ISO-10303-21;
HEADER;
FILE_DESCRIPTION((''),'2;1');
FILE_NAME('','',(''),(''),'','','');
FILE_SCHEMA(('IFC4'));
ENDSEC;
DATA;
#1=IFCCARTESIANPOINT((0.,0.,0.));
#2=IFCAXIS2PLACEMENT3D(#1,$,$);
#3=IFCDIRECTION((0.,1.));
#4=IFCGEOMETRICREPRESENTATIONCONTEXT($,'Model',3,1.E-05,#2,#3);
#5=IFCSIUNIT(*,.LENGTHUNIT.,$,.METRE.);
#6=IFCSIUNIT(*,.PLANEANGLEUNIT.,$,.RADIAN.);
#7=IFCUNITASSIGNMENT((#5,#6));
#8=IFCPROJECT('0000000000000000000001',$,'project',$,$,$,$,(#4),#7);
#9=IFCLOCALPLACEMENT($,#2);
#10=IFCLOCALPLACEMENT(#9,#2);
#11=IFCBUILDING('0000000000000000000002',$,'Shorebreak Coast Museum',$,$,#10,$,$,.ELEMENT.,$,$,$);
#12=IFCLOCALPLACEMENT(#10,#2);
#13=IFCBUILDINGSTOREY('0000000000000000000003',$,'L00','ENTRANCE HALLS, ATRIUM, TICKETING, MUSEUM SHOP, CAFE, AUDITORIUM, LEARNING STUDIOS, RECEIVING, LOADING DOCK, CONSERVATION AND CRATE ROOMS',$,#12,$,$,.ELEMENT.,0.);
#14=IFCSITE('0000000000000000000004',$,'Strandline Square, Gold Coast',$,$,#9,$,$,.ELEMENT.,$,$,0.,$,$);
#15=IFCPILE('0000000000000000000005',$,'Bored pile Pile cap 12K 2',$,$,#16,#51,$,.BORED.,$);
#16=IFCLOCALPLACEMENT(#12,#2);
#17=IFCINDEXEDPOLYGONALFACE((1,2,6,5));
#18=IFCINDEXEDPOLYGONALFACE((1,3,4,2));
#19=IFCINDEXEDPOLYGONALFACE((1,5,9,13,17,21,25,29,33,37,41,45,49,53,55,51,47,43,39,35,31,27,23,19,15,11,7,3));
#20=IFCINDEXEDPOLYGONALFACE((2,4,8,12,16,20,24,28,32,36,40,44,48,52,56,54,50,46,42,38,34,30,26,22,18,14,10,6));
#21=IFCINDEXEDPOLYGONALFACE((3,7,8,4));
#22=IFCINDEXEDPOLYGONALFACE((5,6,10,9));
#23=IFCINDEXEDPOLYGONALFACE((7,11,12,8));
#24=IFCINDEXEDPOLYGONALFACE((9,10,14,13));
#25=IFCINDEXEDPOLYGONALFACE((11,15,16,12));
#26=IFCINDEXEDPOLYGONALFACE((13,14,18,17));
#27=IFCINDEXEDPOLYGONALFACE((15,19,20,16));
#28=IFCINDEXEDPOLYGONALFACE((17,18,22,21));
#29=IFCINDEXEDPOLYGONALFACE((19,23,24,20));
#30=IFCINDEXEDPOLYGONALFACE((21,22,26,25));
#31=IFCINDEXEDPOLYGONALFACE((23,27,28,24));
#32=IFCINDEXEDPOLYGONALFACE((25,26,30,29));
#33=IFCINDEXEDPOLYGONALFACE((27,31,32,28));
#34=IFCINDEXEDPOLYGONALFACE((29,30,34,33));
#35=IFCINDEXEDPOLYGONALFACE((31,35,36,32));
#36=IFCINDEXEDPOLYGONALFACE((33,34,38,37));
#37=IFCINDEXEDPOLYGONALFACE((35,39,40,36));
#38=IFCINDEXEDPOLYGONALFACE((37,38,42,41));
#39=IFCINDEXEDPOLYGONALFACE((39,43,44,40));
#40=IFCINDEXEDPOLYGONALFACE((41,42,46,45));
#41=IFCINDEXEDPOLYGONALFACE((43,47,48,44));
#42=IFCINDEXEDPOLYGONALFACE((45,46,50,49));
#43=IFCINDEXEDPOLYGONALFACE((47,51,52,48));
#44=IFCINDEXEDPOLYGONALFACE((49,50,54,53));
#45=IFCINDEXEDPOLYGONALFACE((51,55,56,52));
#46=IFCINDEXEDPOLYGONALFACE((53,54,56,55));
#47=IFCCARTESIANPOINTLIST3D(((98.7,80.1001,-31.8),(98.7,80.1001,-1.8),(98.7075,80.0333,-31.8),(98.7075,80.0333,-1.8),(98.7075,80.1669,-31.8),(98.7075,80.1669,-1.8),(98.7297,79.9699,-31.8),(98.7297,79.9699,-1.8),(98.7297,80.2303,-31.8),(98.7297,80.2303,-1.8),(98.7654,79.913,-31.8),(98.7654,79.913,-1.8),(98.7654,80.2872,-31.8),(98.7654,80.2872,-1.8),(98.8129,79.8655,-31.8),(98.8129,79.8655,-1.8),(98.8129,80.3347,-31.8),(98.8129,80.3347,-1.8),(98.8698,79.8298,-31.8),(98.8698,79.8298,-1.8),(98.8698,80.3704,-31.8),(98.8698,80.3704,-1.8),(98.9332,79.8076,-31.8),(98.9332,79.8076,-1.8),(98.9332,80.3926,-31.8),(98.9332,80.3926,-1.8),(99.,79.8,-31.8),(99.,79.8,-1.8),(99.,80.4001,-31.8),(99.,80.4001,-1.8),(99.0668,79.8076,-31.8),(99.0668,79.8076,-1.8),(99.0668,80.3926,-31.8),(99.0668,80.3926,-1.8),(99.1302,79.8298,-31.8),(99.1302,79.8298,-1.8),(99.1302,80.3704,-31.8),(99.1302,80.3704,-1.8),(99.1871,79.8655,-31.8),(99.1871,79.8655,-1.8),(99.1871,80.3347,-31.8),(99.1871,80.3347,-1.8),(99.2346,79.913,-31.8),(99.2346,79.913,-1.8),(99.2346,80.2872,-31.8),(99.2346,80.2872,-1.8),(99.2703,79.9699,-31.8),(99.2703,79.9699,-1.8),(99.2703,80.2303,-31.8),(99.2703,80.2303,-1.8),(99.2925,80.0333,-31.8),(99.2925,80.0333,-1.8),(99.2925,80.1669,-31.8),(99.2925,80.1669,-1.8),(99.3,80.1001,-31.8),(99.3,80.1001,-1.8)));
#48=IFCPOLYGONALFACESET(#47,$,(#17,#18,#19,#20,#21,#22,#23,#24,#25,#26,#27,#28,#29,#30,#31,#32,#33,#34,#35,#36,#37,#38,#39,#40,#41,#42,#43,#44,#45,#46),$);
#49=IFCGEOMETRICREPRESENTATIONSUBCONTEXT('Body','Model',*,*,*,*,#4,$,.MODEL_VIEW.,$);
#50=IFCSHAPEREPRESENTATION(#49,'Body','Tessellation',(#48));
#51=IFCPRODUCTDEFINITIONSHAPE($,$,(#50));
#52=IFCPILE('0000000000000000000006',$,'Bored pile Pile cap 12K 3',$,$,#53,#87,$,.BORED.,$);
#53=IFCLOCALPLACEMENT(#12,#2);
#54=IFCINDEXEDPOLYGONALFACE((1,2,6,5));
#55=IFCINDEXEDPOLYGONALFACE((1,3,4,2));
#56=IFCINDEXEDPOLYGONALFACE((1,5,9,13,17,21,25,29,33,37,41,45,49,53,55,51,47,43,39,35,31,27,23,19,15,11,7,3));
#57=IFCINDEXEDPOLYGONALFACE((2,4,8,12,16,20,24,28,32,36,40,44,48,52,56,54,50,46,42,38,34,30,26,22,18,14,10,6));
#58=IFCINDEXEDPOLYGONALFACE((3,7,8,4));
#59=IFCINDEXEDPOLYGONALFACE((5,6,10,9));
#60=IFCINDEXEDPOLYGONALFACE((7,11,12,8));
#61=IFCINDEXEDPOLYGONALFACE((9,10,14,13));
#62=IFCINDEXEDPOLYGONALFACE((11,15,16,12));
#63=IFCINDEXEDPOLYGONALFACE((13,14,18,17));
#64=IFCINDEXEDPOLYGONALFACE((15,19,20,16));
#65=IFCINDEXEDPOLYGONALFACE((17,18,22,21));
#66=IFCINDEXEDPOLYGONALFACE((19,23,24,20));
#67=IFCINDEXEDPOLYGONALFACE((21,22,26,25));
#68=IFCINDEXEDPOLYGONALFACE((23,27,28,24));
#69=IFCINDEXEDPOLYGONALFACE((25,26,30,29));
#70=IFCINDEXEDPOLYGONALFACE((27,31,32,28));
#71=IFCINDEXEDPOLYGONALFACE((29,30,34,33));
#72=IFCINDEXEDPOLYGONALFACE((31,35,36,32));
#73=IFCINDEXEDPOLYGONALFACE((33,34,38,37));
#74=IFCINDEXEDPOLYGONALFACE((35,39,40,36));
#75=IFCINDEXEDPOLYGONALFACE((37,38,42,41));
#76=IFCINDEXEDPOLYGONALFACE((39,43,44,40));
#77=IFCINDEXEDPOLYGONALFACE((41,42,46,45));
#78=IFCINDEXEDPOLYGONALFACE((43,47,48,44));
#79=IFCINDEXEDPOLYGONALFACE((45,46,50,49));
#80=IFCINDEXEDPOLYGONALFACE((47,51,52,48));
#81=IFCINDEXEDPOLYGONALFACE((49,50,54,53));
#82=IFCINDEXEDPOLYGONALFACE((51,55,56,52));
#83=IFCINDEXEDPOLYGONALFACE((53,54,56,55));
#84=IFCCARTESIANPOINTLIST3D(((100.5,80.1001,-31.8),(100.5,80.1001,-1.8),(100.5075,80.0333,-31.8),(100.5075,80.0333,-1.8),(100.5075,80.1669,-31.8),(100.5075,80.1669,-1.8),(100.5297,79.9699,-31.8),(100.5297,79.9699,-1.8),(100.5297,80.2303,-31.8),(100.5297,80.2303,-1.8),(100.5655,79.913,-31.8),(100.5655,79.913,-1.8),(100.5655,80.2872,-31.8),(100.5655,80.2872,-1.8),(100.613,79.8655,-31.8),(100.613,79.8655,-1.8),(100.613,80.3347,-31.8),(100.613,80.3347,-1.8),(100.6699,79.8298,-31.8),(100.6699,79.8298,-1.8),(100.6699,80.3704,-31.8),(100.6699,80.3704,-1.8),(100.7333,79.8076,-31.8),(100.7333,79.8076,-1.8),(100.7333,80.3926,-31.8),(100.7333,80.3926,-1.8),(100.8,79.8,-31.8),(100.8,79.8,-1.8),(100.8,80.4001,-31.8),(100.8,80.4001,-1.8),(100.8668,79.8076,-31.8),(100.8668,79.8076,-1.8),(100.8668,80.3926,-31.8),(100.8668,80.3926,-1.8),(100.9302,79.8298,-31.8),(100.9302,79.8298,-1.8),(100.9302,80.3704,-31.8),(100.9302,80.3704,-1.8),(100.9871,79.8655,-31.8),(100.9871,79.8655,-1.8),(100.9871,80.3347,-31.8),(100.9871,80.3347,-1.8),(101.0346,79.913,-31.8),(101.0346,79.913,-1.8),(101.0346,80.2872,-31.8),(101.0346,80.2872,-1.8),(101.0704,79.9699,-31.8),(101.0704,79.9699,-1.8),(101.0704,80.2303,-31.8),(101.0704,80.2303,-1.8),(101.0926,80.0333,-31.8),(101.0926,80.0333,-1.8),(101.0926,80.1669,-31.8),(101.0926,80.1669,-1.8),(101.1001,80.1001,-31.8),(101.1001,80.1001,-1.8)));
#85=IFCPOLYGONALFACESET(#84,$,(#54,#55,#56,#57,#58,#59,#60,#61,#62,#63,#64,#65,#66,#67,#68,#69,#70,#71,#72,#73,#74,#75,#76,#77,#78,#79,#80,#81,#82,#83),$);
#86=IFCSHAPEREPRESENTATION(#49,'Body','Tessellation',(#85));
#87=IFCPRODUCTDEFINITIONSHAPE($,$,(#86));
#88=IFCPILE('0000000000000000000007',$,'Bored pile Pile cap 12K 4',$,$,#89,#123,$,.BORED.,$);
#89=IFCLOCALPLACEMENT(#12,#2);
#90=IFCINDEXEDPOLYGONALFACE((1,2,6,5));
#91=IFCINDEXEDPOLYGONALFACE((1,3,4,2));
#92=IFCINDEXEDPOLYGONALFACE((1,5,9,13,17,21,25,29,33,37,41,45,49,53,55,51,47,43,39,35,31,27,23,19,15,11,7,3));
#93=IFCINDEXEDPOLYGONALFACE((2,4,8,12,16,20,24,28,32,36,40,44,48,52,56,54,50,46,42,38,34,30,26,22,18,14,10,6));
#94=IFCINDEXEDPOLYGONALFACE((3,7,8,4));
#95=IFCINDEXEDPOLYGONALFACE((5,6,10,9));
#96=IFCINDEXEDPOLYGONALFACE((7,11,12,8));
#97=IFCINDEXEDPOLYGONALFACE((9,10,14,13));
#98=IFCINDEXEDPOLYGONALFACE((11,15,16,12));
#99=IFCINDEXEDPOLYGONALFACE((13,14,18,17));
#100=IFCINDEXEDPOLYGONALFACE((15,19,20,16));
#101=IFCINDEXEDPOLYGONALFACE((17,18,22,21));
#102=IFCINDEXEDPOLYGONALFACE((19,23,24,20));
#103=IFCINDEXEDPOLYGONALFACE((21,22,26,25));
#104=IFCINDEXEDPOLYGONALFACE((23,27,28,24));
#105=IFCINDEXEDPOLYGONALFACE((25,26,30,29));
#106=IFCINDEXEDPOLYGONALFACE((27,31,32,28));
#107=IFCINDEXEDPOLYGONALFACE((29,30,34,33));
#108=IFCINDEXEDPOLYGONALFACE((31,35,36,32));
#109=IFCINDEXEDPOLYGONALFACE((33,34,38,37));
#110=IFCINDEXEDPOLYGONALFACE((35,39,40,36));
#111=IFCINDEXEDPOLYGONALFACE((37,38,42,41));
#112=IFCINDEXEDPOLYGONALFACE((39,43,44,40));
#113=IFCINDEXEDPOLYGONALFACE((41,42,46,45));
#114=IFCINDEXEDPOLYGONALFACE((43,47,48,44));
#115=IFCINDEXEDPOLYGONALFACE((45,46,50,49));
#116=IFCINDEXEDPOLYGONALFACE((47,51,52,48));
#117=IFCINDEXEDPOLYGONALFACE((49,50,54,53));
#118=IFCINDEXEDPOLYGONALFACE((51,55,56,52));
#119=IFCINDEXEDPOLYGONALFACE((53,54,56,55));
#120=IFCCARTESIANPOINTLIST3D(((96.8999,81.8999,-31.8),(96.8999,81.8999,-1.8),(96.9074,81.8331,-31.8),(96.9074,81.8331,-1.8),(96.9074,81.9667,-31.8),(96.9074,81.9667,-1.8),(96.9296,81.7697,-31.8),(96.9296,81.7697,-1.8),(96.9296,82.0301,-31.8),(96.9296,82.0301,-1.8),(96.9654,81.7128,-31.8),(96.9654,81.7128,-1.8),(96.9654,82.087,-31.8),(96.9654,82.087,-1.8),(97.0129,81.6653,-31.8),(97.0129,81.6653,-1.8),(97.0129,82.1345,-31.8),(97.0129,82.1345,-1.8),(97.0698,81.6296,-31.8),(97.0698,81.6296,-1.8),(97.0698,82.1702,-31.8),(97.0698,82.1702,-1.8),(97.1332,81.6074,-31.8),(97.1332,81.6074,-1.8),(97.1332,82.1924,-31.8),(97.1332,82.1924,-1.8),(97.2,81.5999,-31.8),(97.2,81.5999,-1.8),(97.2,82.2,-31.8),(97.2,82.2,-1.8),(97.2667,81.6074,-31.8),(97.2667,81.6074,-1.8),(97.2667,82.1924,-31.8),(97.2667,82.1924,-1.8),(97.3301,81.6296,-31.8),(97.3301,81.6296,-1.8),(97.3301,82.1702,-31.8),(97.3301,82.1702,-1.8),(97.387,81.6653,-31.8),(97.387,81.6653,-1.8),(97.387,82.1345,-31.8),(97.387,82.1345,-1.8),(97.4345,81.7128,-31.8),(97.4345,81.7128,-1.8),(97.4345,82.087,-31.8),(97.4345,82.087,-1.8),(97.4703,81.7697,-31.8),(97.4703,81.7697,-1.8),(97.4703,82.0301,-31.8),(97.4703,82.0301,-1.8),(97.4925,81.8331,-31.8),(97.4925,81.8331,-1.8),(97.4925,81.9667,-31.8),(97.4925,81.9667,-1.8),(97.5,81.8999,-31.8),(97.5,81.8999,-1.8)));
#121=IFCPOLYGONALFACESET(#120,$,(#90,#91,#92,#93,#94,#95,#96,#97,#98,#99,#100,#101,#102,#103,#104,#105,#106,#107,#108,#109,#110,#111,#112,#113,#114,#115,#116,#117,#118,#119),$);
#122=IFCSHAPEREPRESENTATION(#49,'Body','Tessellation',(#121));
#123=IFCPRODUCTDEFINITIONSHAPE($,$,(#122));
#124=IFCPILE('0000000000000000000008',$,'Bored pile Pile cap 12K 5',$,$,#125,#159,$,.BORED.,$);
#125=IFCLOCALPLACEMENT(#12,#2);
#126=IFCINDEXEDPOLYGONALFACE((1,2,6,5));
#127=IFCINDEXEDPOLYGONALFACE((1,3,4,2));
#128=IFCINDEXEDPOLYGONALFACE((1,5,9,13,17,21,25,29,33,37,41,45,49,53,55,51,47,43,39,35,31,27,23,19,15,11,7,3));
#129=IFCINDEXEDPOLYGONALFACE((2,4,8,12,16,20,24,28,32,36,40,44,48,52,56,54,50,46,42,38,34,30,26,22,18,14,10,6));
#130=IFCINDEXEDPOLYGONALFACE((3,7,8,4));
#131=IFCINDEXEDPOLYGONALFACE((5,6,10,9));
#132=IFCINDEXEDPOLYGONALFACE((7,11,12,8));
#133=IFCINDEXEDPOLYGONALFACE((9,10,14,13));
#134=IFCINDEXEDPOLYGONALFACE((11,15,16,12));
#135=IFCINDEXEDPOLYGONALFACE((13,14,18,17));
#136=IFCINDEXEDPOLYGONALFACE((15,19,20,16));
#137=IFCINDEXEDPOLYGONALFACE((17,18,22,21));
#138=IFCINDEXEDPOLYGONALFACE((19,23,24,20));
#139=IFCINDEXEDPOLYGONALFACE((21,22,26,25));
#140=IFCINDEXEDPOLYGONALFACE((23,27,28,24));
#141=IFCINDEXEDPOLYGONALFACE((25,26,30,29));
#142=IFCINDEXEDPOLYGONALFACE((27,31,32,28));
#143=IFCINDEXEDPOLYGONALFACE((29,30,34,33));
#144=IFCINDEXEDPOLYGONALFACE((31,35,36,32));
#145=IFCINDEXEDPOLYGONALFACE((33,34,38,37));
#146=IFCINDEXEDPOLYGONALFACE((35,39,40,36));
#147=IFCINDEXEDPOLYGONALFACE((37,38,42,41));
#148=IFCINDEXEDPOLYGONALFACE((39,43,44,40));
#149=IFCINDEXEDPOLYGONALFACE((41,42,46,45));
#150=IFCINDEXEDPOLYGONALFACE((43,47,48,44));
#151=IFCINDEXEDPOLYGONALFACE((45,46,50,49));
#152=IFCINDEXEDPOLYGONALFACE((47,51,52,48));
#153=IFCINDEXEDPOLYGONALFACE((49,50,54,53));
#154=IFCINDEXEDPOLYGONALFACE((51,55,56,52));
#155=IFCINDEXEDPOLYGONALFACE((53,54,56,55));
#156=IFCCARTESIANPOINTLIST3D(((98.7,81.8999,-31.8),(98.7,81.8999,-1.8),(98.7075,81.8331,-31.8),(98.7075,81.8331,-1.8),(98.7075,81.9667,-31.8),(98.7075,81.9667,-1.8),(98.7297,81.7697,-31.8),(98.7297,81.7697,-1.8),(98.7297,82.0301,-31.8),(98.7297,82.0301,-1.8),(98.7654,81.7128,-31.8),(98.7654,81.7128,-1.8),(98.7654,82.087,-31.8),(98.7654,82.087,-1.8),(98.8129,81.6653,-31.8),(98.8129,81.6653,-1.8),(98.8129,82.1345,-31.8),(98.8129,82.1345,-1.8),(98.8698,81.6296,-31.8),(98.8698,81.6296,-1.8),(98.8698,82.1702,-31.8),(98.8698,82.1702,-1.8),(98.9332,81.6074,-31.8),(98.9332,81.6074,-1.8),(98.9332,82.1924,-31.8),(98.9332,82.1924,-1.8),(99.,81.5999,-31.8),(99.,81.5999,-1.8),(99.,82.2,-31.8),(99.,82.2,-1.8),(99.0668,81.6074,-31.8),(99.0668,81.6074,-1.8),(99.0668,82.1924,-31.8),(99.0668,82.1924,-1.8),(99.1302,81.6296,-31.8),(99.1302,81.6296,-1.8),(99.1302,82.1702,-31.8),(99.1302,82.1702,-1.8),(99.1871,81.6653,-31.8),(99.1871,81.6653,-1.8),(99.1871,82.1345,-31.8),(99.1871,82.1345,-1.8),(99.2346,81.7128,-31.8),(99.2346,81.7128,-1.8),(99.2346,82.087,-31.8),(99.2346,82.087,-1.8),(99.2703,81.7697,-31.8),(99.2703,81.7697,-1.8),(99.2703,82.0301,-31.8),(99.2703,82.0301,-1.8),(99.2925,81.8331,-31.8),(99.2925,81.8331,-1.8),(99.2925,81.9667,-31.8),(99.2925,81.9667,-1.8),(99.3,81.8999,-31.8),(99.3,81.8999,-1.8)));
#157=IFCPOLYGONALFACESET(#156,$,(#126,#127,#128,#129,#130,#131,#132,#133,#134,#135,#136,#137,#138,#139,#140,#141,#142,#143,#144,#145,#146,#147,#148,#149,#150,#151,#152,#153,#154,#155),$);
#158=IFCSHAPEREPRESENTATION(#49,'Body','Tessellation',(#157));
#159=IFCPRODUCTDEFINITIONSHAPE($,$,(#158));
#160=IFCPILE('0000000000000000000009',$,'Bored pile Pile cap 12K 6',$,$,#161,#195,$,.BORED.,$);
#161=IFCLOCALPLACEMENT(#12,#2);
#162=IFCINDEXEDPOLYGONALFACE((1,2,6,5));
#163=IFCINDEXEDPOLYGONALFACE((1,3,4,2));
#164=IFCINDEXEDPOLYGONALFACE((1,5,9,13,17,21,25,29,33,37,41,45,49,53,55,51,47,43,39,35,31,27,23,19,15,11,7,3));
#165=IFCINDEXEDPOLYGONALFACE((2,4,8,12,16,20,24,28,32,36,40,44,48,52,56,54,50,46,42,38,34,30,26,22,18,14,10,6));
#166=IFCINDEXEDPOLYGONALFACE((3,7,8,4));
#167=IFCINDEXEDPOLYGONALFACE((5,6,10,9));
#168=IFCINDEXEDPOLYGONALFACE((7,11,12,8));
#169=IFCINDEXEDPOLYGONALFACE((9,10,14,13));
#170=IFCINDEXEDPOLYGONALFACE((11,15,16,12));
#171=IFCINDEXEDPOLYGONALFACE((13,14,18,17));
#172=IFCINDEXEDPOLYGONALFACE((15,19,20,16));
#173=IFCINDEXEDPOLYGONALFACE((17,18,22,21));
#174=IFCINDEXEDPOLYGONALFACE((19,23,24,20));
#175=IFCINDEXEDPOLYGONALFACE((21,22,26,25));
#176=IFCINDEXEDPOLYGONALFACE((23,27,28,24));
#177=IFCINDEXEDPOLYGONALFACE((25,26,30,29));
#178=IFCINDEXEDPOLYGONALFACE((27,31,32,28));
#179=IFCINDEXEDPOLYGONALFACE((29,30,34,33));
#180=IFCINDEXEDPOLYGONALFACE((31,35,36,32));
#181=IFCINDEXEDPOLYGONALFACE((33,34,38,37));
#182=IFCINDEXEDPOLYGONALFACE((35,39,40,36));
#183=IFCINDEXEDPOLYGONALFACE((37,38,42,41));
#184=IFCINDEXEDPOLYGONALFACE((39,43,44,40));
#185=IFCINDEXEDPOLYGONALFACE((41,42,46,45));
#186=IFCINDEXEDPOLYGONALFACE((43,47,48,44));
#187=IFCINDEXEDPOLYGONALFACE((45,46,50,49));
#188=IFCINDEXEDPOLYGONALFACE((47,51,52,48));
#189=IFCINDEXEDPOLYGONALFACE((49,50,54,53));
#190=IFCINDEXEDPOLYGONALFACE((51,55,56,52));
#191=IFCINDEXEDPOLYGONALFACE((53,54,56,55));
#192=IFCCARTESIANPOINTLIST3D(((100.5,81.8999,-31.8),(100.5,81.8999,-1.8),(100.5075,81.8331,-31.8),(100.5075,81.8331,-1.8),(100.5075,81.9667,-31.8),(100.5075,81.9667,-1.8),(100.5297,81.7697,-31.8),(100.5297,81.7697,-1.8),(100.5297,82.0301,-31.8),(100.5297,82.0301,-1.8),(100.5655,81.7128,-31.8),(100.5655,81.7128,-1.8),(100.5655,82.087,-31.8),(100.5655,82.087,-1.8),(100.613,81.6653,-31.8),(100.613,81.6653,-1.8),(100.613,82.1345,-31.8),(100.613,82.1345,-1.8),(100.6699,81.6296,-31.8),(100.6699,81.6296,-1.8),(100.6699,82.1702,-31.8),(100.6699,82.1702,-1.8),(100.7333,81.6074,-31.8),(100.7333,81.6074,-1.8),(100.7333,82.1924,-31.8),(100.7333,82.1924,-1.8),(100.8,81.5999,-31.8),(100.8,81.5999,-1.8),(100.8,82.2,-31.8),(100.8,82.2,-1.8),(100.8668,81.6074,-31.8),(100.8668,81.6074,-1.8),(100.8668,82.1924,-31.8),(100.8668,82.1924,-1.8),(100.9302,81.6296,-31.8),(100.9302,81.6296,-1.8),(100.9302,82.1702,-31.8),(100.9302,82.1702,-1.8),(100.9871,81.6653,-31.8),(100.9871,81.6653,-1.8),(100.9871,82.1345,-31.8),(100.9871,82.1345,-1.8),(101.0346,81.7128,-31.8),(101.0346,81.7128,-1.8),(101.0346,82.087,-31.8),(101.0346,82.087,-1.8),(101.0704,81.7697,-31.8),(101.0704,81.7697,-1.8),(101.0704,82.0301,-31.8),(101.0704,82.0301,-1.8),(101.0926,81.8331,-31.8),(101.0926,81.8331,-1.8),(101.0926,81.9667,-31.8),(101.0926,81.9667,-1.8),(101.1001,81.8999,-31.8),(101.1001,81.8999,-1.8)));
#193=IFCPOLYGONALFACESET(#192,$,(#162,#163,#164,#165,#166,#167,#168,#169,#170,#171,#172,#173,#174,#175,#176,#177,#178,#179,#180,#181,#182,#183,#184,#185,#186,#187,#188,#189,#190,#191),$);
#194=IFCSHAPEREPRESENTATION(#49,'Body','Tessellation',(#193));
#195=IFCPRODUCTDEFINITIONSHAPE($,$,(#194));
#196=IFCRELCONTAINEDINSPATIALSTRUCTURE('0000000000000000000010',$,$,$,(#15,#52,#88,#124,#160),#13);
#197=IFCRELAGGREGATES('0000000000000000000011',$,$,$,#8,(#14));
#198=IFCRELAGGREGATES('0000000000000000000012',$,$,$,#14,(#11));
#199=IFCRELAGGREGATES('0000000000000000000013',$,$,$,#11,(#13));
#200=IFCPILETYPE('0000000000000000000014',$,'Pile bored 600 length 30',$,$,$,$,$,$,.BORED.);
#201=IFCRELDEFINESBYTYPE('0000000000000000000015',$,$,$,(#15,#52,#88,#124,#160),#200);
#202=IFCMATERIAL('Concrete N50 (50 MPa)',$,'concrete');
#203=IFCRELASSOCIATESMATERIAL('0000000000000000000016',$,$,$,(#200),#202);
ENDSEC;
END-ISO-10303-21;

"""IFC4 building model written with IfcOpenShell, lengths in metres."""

from ifc_helpers import new_model, si_unit, direction, frame, origin, origin_2d, place, context, subcontext, project, spatial, circle, extrude, material, material_profile, profile_set, type_object, element, save


model = new_model("IFC4")

# Units and contexts
model_context = context("Model", 3, precision=1e-05, world=origin(), true_north=direction((0.0, 1.0)))
body_context = subcontext(model_context, "Body", "Model", "MODEL_VIEW")
ifc_project = project(units=[si_unit("LENGTHUNIT", "METRE"), si_unit("PLANEANGLEUNIT", "RADIAN")], contexts=[model_context])

# Site, building, storey
site_placement = place(None, origin())
site = spatial("IfcSite", under=ifc_project, at=site_placement, Name="Strandline Square, Gold Coast", CompositionType="ELEMENT", RefElevation=0.0)
building_placement = place(site_placement, origin())
building = spatial("IfcBuilding", under=site, at=building_placement, Name="Shorebreak Coast Museum", CompositionType="ELEMENT")
storey_placement = place(building_placement, origin())
storey = spatial("IfcBuildingStorey", under=building, at=storey_placement, Name="L00", Description="ENTRANCE HALLS, ATRIUM, TICKETING, MUSEUM SHOP, CAFE, AUDITORIUM, LEARNING STUDIOS, RECEIVING, LOADING DOCK, CONSERVATION AND CRATE ROOMS", CompositionType="ELEMENT", Elevation=0.0)

# Piles
ifc_material_1 = material(Name="Concrete N50 (50 MPa)", Category="concrete")
ifc_material_profile_1 = material_profile(ifc_material_1, circle(Radius=0.3, at=origin_2d()), Name="Pile bored 600 length 30")
ifc_profile_set_1 = profile_set([ifc_material_profile_1], Name="Concrete N50 (50 MPa)")
pile_type_1 = type_object("IfcPileType", Name="Pile bored 600 length 30", PredefinedType="BORED", material=ifc_profile_set_1)
for number, where, z_axis, x_axis, name in (
    (1, (99.0, 80.1001, -1.8), (0.0, 0.0, -1.0), (1.0, 0.0, 0.0), "Bored pile Pile cap 12K 2"),
    (2, (100.8, 80.1001, -1.8), (0.0, 0.0, -1.0), (1.0, 0.0, 0.0), "Bored pile Pile cap 12K 3"),
    (3, (97.2, 81.8999, -1.8), (0.0, 0.0, -1.0), (1.0, 0.0, 0.0), "Bored pile Pile cap 12K 4"),
    (4, (99.0, 81.8999, -1.8), (0.0, 0.0, -1.0), (1.0, 0.0, 0.0), "Bored pile Pile cap 12K 5"),
    (5, (100.8, 81.8999, -1.8), (0.0, 0.0, -1.0), (1.0, 0.0, 0.0), "Bored pile Pile cap 12K 6"),
):
    element("IfcPile", number, at=place(storey_placement, frame(where, z_axis=z_axis, x_axis=x_axis)), inside=storey, type_object=pile_type_1, Name=name, PredefinedType="BORED", context=body_context, shape_type="SweptSolid", body=[
        extrude(circle(Radius=0.3, at=origin_2d()), origin(), (0.0, 0.0, 1.0), 30.0),
    ])

save(model, "model.ifc")
